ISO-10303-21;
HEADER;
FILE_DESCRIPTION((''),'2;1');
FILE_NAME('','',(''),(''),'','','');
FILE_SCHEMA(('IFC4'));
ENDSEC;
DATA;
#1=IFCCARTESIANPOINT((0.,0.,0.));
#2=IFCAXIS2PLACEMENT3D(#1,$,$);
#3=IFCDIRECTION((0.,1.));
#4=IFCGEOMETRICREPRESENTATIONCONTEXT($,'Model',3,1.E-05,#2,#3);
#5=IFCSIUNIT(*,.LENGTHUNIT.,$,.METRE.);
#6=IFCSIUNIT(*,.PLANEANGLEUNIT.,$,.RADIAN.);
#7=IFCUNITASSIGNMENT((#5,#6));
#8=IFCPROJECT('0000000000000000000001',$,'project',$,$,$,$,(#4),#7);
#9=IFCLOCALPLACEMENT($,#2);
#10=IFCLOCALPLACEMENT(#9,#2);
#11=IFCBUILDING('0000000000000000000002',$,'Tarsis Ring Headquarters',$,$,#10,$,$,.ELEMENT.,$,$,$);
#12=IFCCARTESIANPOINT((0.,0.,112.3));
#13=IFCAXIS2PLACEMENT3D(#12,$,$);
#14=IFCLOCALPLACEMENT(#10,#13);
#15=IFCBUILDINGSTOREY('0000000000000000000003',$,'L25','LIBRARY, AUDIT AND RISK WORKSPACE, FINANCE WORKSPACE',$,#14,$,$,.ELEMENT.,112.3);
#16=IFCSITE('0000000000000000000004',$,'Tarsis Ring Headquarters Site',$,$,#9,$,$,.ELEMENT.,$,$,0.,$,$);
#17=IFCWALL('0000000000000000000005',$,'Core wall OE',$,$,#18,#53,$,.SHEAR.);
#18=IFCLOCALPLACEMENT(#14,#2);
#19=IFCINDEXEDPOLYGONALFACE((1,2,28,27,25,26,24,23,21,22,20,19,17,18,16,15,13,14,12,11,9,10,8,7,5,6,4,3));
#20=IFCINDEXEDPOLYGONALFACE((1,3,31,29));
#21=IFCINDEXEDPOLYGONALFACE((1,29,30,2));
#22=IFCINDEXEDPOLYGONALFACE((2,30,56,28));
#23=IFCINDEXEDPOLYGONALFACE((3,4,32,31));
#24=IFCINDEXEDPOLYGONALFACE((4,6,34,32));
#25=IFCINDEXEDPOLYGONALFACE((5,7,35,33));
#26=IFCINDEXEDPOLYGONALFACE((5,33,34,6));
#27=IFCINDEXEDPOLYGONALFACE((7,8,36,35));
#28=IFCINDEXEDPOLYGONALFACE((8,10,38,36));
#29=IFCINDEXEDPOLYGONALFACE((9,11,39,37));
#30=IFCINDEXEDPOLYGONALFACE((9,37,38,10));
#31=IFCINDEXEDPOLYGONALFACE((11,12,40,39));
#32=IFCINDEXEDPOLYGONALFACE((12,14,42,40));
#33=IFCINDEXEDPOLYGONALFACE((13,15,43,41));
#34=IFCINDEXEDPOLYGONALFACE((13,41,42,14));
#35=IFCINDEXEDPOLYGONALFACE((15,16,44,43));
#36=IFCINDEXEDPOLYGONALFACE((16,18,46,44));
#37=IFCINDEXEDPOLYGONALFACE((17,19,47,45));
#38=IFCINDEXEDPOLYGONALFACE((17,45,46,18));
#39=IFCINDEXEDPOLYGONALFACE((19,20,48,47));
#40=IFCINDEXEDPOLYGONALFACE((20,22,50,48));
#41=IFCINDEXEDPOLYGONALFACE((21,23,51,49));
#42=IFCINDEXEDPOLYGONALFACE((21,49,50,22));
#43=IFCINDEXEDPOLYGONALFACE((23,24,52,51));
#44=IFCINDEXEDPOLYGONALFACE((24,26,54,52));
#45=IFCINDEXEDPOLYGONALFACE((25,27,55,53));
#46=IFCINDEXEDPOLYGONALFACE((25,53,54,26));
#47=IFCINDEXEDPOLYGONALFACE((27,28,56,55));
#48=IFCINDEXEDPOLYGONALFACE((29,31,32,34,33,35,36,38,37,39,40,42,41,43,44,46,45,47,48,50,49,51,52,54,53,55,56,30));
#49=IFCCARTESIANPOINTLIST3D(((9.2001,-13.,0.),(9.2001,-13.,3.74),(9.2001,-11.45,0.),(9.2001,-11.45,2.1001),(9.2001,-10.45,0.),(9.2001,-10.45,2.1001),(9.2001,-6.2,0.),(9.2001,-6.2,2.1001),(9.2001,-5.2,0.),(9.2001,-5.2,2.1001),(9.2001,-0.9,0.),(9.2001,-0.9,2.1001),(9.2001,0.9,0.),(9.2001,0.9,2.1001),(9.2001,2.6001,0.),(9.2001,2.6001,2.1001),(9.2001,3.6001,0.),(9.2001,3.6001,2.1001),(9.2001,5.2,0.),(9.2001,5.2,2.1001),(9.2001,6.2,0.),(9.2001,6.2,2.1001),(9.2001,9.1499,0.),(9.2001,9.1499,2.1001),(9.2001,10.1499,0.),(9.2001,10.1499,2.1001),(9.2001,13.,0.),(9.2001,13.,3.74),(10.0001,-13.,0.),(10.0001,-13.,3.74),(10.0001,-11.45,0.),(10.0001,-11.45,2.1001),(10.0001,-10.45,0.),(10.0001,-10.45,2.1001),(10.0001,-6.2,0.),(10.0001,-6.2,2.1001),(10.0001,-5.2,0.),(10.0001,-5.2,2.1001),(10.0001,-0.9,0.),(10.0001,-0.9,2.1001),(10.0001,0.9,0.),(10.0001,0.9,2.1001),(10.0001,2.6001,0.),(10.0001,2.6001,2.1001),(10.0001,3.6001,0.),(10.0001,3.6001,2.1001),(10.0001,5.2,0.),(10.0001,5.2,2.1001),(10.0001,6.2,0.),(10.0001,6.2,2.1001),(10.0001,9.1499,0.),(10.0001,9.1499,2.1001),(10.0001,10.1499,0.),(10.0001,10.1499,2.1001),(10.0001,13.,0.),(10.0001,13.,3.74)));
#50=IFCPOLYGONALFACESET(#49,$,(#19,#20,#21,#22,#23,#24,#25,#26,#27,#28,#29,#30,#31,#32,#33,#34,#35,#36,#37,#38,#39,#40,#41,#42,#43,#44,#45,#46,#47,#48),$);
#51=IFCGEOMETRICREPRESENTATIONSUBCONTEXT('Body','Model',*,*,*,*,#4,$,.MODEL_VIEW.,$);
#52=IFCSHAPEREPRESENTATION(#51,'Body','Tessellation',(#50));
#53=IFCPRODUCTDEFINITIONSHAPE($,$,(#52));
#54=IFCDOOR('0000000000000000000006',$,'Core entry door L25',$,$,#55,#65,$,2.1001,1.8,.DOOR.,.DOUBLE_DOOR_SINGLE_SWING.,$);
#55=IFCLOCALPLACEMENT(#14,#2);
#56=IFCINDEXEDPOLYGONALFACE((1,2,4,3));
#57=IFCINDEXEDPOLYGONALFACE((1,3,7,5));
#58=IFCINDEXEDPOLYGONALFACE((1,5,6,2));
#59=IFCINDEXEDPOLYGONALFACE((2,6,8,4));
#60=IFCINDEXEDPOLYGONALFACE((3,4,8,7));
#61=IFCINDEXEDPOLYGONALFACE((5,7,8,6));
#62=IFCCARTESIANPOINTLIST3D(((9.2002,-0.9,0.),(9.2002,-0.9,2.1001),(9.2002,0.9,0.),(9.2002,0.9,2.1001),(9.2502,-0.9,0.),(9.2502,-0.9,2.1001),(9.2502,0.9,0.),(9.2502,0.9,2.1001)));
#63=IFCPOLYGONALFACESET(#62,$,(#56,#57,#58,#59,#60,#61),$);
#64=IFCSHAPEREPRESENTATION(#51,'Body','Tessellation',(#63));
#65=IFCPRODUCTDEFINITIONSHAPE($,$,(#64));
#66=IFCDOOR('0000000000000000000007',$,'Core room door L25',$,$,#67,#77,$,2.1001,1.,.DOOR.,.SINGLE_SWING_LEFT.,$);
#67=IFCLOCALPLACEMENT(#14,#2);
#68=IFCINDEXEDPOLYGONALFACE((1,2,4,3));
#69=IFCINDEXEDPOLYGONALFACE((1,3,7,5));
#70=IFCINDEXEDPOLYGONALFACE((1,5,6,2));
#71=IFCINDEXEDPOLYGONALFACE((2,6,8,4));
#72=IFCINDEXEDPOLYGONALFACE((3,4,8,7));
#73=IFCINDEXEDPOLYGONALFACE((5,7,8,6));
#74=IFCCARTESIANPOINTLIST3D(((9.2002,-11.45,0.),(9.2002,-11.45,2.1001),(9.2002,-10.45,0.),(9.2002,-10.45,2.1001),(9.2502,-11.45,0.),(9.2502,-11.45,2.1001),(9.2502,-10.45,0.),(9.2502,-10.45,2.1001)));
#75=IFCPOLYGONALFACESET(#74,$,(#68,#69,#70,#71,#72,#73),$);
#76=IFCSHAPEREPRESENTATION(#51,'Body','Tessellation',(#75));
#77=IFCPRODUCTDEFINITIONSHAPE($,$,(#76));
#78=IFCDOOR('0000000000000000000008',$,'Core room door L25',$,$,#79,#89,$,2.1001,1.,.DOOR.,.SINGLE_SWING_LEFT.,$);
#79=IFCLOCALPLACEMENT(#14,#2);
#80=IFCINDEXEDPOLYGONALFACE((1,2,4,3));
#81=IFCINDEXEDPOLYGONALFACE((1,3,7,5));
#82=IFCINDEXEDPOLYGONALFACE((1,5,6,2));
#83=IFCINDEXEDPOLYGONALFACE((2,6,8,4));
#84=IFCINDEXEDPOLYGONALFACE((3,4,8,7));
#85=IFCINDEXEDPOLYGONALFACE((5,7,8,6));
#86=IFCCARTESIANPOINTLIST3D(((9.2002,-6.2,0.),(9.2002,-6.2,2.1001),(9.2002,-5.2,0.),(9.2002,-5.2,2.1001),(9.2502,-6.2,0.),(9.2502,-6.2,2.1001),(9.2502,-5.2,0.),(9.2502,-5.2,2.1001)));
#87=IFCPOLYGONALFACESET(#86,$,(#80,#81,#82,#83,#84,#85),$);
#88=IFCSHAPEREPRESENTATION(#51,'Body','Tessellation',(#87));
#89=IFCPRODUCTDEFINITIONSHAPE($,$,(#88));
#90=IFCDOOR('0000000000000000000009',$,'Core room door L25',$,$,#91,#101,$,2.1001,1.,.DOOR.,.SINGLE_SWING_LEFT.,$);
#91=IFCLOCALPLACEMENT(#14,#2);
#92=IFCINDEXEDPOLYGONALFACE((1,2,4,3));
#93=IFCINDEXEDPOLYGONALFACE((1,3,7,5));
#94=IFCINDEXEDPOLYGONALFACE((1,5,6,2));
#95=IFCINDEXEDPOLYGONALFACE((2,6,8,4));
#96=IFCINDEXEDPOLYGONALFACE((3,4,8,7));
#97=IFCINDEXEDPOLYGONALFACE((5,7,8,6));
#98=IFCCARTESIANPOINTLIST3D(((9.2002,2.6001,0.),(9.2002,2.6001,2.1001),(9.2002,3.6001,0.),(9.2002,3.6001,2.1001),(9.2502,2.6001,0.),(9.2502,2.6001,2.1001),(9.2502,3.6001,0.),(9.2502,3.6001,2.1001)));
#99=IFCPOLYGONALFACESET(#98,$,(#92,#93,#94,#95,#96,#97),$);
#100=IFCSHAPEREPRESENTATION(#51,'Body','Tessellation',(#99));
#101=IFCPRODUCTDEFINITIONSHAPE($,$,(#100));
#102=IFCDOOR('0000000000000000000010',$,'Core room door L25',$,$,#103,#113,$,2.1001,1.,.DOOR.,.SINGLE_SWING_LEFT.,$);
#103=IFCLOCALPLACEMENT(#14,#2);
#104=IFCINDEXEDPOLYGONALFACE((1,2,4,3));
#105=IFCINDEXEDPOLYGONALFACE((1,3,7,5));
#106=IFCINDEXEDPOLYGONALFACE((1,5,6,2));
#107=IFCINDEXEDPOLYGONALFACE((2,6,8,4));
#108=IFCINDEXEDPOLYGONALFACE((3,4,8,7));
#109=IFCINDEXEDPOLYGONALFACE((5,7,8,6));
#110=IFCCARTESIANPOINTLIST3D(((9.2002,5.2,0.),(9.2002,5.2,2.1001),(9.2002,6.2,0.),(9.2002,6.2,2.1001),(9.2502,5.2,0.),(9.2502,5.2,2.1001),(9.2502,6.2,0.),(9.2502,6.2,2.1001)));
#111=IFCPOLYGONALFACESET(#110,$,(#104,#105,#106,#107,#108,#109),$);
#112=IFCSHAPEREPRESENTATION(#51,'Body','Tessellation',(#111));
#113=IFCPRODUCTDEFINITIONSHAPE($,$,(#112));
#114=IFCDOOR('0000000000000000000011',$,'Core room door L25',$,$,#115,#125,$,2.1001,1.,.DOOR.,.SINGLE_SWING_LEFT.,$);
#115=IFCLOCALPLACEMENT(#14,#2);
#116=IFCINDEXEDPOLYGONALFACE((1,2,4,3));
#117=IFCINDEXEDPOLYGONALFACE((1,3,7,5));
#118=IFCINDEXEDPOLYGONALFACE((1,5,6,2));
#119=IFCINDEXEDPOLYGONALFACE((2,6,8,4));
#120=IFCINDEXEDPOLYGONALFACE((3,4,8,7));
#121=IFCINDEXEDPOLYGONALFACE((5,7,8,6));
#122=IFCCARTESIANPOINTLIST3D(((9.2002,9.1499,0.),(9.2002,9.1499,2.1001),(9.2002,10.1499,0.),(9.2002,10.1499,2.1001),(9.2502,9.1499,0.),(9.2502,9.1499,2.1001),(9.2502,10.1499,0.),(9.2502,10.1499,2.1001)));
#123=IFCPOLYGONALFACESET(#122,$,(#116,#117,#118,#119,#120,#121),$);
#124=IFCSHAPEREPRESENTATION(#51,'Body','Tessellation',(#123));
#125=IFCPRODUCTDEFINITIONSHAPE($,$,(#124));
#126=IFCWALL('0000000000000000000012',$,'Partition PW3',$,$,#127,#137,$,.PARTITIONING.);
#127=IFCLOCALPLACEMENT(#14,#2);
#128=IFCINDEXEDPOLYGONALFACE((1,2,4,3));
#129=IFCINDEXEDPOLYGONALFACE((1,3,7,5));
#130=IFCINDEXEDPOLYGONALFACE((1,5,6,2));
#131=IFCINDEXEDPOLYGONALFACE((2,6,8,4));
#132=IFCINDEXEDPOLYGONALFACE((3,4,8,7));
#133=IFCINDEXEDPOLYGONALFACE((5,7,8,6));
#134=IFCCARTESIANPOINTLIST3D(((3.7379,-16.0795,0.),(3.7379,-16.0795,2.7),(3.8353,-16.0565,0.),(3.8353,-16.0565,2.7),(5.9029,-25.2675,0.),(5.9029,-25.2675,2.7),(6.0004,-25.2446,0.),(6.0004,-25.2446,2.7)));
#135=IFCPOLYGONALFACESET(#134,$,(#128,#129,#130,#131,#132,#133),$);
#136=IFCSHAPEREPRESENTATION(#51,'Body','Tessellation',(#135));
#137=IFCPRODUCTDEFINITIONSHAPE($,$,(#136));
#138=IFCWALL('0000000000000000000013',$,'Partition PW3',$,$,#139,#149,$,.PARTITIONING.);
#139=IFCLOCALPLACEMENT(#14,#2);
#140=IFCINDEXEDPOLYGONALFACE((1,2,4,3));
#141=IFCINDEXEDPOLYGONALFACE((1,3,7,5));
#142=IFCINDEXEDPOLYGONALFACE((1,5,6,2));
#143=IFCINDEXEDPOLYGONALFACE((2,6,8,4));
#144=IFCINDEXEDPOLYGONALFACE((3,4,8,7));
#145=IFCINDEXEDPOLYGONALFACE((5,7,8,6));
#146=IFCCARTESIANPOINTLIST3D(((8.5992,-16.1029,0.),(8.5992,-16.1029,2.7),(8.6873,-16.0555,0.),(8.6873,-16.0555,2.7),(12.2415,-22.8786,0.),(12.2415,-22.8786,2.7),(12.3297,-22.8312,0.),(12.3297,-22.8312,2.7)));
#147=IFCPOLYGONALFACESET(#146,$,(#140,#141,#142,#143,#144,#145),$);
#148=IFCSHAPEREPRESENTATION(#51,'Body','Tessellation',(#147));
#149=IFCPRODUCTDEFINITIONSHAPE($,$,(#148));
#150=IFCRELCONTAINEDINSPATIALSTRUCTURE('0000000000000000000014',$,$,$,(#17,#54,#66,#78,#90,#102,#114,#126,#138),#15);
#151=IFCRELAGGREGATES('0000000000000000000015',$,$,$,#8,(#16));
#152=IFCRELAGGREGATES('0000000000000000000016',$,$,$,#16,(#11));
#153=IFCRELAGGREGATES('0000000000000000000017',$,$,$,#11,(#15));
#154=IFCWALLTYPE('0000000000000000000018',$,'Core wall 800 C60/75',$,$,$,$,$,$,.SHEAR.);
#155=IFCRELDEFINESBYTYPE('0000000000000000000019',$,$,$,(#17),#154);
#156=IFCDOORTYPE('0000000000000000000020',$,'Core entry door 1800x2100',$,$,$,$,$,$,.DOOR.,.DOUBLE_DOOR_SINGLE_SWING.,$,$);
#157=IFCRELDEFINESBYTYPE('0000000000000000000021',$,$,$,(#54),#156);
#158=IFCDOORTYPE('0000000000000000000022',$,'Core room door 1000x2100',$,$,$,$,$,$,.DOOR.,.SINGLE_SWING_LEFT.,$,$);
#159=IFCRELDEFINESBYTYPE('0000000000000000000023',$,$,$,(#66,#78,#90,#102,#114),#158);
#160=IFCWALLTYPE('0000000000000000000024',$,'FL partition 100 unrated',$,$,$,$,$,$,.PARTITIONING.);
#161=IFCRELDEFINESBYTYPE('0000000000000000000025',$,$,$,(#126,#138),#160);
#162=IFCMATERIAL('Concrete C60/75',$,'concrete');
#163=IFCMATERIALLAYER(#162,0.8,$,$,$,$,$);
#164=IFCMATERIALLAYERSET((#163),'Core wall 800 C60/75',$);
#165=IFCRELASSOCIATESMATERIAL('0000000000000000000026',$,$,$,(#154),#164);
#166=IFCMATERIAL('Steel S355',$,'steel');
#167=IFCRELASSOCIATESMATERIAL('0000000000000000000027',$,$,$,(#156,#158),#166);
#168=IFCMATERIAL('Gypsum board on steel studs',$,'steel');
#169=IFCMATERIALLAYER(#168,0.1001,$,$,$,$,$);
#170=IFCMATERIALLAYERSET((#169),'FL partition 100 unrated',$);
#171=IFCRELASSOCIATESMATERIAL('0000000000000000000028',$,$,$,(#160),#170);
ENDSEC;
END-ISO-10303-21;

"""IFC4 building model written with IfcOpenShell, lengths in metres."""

from ifc_helpers import new_model, si_unit, direction, frame, frame_2d, origin, place, context, subcontext, project, spatial, rectangle, extrude, material, layer, layer_set, type_object, element, fill, save


model = new_model("IFC4")

# Units and contexts
model_context = context("Model", 3, precision=1e-05, world=origin(), true_north=direction((0.0, 1.0)))
body_context = subcontext(model_context, "Body", "Model", "MODEL_VIEW")
ifc_project = project(units=[si_unit("LENGTHUNIT", "METRE"), si_unit("PLANEANGLEUNIT", "RADIAN")], contexts=[model_context])

# Site, building, storey
site_placement = place(None, origin())
site = spatial("IfcSite", under=ifc_project, at=site_placement, Name="Tarsis Ring Headquarters Site", CompositionType="ELEMENT", RefElevation=0.0)
building_placement = place(site_placement, origin())
building = spatial("IfcBuilding", under=site, at=building_placement, Name="Tarsis Ring Headquarters", CompositionType="ELEMENT")
storey_placement = place(building_placement, frame((0.0, 0.0, 112.3)))
storey = spatial("IfcBuildingStorey", under=building, at=storey_placement, Name="L25", Description="LIBRARY, AUDIT AND RISK WORKSPACE, FINANCE WORKSPACE", CompositionType="ELEMENT", Elevation=112.3)

# Wall, openings, doors
ifc_material_1 = material(Name="Concrete C60/75", Category="concrete")
ifc_layer_1 = layer(ifc_material_1, 0.8)
ifc_layer_set_1 = layer_set([ifc_layer_1], Name="Core wall 800 C60/75")
wall_type_1 = type_object("IfcWallType", Name="Core wall 800 C60/75", PredefinedType="SHEAR", material=ifc_layer_set_1)
ifc_material_2 = material(Name="Steel S355", Category="steel")
door_type_1 = type_object("IfcDoorType", Name="Core entry door 1800x2100", OperationType="DOUBLE_DOOR_SINGLE_SWING", PredefinedType="DOOR", material=ifc_material_2)
door_type_2 = type_object("IfcDoorType", Name="Core room door 1000x2100", OperationType="SINGLE_SWING_LEFT", PredefinedType="DOOR", material=ifc_material_2)
wall_1_placement = place(storey_placement, frame((9.6001, -13.0, 0.0), z_axis=(0.0, 0.0, 1.0), x_axis=(0.0, 1.0, 0.0)))
wall_1 = element("IfcWall", 1, at=wall_1_placement, inside=storey, type_object=wall_type_1, Name="Core wall OE", PredefinedType="SHEAR", context=body_context, shape_type="SweptSolid", body=[
    extrude(rectangle(XDim=26.0, YDim=0.8, at=frame_2d((13.0, 0.0))), origin(), (0.0, 0.0, 1.0), 3.74),
])
opening_1_placement = place(wall_1_placement, frame((1.55, 0.0, 0.0)))
opening_1 = element("IfcOpeningElement", 2, at=opening_1_placement, cuts=wall_1, PredefinedType="OPENING", context=body_context, shape_type="SweptSolid", body=[
    extrude(rectangle(XDim=1.0, YDim=2.1001, at=frame_2d((0.5, 1.05))), frame((0.0, 0.4099, 0.0), z_axis=(0.0, -1.0, 0.0), x_axis=(1.0, 0.0, 0.0)), (0.0, 0.0, 1.0), 0.8201),
])
opening_2_placement = place(wall_1_placement, frame((6.8, 0.0, 0.0)))
opening_2 = element("IfcOpeningElement", 3, at=opening_2_placement, cuts=wall_1, PredefinedType="OPENING", context=body_context, shape_type="SweptSolid", body=[
    extrude(rectangle(XDim=1.0, YDim=2.1001, at=frame_2d((0.5, 1.05))), frame((0.0, 0.4099, 0.0), z_axis=(0.0, -1.0, 0.0), x_axis=(1.0, 0.0, 0.0)), (0.0, 0.0, 1.0), 0.8201),
])
opening_3_placement = place(wall_1_placement, frame((12.1001, 0.0, 0.0)))
opening_3 = element("IfcOpeningElement", 4, at=opening_3_placement, cuts=wall_1, PredefinedType="OPENING", context=body_context, shape_type="SweptSolid", body=[
    extrude(rectangle(XDim=1.8, YDim=2.1001, at=frame_2d((0.8999, 1.05))), frame((0.0, 0.4099, 0.0), z_axis=(0.0, -1.0, 0.0), x_axis=(1.0, 0.0, 0.0)), (0.0, 0.0, 1.0), 0.8201),
])
opening_4_placement = place(wall_1_placement, frame((15.6001, 0.0, 0.0)))
opening_4 = element("IfcOpeningElement", 5, at=opening_4_placement, cuts=wall_1, PredefinedType="OPENING", context=body_context, shape_type="SweptSolid", body=[
    extrude(rectangle(XDim=1.0, YDim=2.1001, at=frame_2d((0.5, 1.05))), frame((0.0, 0.4099, 0.0), z_axis=(0.0, -1.0, 0.0), x_axis=(1.0, 0.0, 0.0)), (0.0, 0.0, 1.0), 0.8201),
])
opening_5_placement = place(wall_1_placement, frame((18.2, 0.0, 0.0)))
opening_5 = element("IfcOpeningElement", 6, at=opening_5_placement, cuts=wall_1, PredefinedType="OPENING", context=body_context, shape_type="SweptSolid", body=[
    extrude(rectangle(XDim=1.0, YDim=2.1001, at=frame_2d((0.5, 1.05))), frame((0.0, 0.4099, 0.0), z_axis=(0.0, -1.0, 0.0), x_axis=(1.0, 0.0, 0.0)), (0.0, 0.0, 1.0), 0.8201),
])
opening_6_placement = place(wall_1_placement, frame((22.1499, 0.0, 0.0)))
opening_6 = element("IfcOpeningElement", 7, at=opening_6_placement, cuts=wall_1, PredefinedType="OPENING", context=body_context, shape_type="SweptSolid", body=[
    extrude(rectangle(XDim=1.0, YDim=2.1001, at=frame_2d((0.5, 1.05))), frame((0.0, 0.4099, 0.0), z_axis=(0.0, -1.0, 0.0), x_axis=(1.0, 0.0, 0.0)), (0.0, 0.0, 1.0), 0.8201),
])
door_1_placement = place(opening_3_placement, origin())
door_1 = element("IfcDoor", 8, at=door_1_placement, inside=storey, type_object=door_type_1, Name="Core entry door L25", OperationType="DOUBLE_DOOR_SINGLE_SWING", OverallHeight=2.1001, OverallWidth=1.8, PredefinedType="DOOR", context=body_context, shape_type="SweptSolid", body=[
    extrude(rectangle(XDim=1.8, YDim=2.1001, at=frame_2d((0.8999, 1.05))), frame((0.0, 0.3999, 0.0), z_axis=(0.0, -1.0, 0.0), x_axis=(1.0, 0.0, 0.0)), (0.0, 0.0, 1.0), 0.05),
])
fill(opening_3, door_1)
door_2_placement = place(opening_1_placement, origin())
door_2 = element("IfcDoor", 9, at=door_2_placement, inside=storey, type_object=door_type_2, Name="Core room door L25", OperationType="SINGLE_SWING_LEFT", OverallHeight=2.1001, OverallWidth=1.0, PredefinedType="DOOR", context=body_context, shape_type="SweptSolid", body=[
    extrude(rectangle(XDim=1.0, YDim=2.1001, at=frame_2d((0.5, 1.05))), frame((0.0, 0.3999, 0.0), z_axis=(0.0, -1.0, 0.0), x_axis=(1.0, 0.0, 0.0)), (0.0, 0.0, 1.0), 0.05),
])
fill(opening_1, door_2)
door_3_placement = place(opening_2_placement, origin())
door_3 = element("IfcDoor", 10, at=door_3_placement, inside=storey, type_object=door_type_2, Name="Core room door L25", OperationType="SINGLE_SWING_LEFT", OverallHeight=2.1001, OverallWidth=1.0, PredefinedType="DOOR", context=body_context, shape_type="SweptSolid", body=[
    extrude(rectangle(XDim=1.0, YDim=2.1001, at=frame_2d((0.5, 1.05))), frame((0.0, 0.3999, 0.0), z_axis=(0.0, -1.0, 0.0), x_axis=(1.0, 0.0, 0.0)), (0.0, 0.0, 1.0), 0.05),
])
fill(opening_2, door_3)
door_4_placement = place(opening_4_placement, origin())
door_4 = element("IfcDoor", 11, at=door_4_placement, inside=storey, type_object=door_type_2, Name="Core room door L25", OperationType="SINGLE_SWING_LEFT", OverallHeight=2.1001, OverallWidth=1.0, PredefinedType="DOOR", context=body_context, shape_type="SweptSolid", body=[
    extrude(rectangle(XDim=1.0, YDim=2.1001, at=frame_2d((0.5, 1.05))), frame((0.0, 0.3999, 0.0), z_axis=(0.0, -1.0, 0.0), x_axis=(1.0, 0.0, 0.0)), (0.0, 0.0, 1.0), 0.05),
])
fill(opening_4, door_4)
door_5_placement = place(opening_5_placement, origin())
door_5 = element("IfcDoor", 12, at=door_5_placement, inside=storey, type_object=door_type_2, Name="Core room door L25", OperationType="SINGLE_SWING_LEFT", OverallHeight=2.1001, OverallWidth=1.0, PredefinedType="DOOR", context=body_context, shape_type="SweptSolid", body=[
    extrude(rectangle(XDim=1.0, YDim=2.1001, at=frame_2d((0.5, 1.05))), frame((0.0, 0.3999, 0.0), z_axis=(0.0, -1.0, 0.0), x_axis=(1.0, 0.0, 0.0)), (0.0, 0.0, 1.0), 0.05),
])
fill(opening_5, door_5)
door_6_placement = place(opening_6_placement, origin())
door_6 = element("IfcDoor", 13, at=door_6_placement, inside=storey, type_object=door_type_2, Name="Core room door L25", OperationType="SINGLE_SWING_LEFT", OverallHeight=2.1001, OverallWidth=1.0, PredefinedType="DOOR", context=body_context, shape_type="SweptSolid", body=[
    extrude(rectangle(XDim=1.0, YDim=2.1001, at=frame_2d((0.5, 1.05))), frame((0.0, 0.3999, 0.0), z_axis=(0.0, -1.0, 0.0), x_axis=(1.0, 0.0, 0.0)), (0.0, 0.0, 1.0), 0.05),
])
fill(opening_6, door_6)

# Walls
ifc_material_3 = material(Name="Gypsum board on steel studs", Category="steel")
ifc_layer_2 = layer(ifc_material_3, 0.1001)
ifc_layer_set_2 = layer_set([ifc_layer_2], Name="FL partition 100 unrated")
wall_type_2 = type_object("IfcWallType", Name="FL partition 100 unrated", PredefinedType="PARTITIONING", material=ifc_layer_set_2)
wall_2_placement = place(storey_placement, frame((3.7866, -16.0681, 0.0), z_axis=(0.0, 0.0, 1.0), x_axis=(0.229356, -0.973342, 0.0)))
element("IfcWall", 14, at=wall_2_placement, inside=storey, type_object=wall_type_2, Name="Partition PW3", PredefinedType="PARTITIONING", context=body_context, shape_type="SweptSolid", body=[
    extrude(rectangle(XDim=9.4397, YDim=0.1001, at=frame_2d((4.7197, 0.0))), origin(), (0.0, 0.0, 1.0), 2.7),
])
wall_3_placement = place(storey_placement, frame((8.6433, -16.0793, 0.0), z_axis=(0.0, 0.0, 1.0), x_axis=(0.473487, -0.880801, 0.0)))
element("IfcWall", 15, at=wall_3_placement, inside=storey, type_object=wall_type_2, Name="Partition PW3", PredefinedType="PARTITIONING", context=body_context, shape_type="SweptSolid", body=[
    extrude(rectangle(XDim=7.6926, YDim=0.1001, at=frame_2d((3.8462, 0.0))), origin(), (0.0, 0.0, 1.0), 2.7),
])

save(model, "model.ifc")
